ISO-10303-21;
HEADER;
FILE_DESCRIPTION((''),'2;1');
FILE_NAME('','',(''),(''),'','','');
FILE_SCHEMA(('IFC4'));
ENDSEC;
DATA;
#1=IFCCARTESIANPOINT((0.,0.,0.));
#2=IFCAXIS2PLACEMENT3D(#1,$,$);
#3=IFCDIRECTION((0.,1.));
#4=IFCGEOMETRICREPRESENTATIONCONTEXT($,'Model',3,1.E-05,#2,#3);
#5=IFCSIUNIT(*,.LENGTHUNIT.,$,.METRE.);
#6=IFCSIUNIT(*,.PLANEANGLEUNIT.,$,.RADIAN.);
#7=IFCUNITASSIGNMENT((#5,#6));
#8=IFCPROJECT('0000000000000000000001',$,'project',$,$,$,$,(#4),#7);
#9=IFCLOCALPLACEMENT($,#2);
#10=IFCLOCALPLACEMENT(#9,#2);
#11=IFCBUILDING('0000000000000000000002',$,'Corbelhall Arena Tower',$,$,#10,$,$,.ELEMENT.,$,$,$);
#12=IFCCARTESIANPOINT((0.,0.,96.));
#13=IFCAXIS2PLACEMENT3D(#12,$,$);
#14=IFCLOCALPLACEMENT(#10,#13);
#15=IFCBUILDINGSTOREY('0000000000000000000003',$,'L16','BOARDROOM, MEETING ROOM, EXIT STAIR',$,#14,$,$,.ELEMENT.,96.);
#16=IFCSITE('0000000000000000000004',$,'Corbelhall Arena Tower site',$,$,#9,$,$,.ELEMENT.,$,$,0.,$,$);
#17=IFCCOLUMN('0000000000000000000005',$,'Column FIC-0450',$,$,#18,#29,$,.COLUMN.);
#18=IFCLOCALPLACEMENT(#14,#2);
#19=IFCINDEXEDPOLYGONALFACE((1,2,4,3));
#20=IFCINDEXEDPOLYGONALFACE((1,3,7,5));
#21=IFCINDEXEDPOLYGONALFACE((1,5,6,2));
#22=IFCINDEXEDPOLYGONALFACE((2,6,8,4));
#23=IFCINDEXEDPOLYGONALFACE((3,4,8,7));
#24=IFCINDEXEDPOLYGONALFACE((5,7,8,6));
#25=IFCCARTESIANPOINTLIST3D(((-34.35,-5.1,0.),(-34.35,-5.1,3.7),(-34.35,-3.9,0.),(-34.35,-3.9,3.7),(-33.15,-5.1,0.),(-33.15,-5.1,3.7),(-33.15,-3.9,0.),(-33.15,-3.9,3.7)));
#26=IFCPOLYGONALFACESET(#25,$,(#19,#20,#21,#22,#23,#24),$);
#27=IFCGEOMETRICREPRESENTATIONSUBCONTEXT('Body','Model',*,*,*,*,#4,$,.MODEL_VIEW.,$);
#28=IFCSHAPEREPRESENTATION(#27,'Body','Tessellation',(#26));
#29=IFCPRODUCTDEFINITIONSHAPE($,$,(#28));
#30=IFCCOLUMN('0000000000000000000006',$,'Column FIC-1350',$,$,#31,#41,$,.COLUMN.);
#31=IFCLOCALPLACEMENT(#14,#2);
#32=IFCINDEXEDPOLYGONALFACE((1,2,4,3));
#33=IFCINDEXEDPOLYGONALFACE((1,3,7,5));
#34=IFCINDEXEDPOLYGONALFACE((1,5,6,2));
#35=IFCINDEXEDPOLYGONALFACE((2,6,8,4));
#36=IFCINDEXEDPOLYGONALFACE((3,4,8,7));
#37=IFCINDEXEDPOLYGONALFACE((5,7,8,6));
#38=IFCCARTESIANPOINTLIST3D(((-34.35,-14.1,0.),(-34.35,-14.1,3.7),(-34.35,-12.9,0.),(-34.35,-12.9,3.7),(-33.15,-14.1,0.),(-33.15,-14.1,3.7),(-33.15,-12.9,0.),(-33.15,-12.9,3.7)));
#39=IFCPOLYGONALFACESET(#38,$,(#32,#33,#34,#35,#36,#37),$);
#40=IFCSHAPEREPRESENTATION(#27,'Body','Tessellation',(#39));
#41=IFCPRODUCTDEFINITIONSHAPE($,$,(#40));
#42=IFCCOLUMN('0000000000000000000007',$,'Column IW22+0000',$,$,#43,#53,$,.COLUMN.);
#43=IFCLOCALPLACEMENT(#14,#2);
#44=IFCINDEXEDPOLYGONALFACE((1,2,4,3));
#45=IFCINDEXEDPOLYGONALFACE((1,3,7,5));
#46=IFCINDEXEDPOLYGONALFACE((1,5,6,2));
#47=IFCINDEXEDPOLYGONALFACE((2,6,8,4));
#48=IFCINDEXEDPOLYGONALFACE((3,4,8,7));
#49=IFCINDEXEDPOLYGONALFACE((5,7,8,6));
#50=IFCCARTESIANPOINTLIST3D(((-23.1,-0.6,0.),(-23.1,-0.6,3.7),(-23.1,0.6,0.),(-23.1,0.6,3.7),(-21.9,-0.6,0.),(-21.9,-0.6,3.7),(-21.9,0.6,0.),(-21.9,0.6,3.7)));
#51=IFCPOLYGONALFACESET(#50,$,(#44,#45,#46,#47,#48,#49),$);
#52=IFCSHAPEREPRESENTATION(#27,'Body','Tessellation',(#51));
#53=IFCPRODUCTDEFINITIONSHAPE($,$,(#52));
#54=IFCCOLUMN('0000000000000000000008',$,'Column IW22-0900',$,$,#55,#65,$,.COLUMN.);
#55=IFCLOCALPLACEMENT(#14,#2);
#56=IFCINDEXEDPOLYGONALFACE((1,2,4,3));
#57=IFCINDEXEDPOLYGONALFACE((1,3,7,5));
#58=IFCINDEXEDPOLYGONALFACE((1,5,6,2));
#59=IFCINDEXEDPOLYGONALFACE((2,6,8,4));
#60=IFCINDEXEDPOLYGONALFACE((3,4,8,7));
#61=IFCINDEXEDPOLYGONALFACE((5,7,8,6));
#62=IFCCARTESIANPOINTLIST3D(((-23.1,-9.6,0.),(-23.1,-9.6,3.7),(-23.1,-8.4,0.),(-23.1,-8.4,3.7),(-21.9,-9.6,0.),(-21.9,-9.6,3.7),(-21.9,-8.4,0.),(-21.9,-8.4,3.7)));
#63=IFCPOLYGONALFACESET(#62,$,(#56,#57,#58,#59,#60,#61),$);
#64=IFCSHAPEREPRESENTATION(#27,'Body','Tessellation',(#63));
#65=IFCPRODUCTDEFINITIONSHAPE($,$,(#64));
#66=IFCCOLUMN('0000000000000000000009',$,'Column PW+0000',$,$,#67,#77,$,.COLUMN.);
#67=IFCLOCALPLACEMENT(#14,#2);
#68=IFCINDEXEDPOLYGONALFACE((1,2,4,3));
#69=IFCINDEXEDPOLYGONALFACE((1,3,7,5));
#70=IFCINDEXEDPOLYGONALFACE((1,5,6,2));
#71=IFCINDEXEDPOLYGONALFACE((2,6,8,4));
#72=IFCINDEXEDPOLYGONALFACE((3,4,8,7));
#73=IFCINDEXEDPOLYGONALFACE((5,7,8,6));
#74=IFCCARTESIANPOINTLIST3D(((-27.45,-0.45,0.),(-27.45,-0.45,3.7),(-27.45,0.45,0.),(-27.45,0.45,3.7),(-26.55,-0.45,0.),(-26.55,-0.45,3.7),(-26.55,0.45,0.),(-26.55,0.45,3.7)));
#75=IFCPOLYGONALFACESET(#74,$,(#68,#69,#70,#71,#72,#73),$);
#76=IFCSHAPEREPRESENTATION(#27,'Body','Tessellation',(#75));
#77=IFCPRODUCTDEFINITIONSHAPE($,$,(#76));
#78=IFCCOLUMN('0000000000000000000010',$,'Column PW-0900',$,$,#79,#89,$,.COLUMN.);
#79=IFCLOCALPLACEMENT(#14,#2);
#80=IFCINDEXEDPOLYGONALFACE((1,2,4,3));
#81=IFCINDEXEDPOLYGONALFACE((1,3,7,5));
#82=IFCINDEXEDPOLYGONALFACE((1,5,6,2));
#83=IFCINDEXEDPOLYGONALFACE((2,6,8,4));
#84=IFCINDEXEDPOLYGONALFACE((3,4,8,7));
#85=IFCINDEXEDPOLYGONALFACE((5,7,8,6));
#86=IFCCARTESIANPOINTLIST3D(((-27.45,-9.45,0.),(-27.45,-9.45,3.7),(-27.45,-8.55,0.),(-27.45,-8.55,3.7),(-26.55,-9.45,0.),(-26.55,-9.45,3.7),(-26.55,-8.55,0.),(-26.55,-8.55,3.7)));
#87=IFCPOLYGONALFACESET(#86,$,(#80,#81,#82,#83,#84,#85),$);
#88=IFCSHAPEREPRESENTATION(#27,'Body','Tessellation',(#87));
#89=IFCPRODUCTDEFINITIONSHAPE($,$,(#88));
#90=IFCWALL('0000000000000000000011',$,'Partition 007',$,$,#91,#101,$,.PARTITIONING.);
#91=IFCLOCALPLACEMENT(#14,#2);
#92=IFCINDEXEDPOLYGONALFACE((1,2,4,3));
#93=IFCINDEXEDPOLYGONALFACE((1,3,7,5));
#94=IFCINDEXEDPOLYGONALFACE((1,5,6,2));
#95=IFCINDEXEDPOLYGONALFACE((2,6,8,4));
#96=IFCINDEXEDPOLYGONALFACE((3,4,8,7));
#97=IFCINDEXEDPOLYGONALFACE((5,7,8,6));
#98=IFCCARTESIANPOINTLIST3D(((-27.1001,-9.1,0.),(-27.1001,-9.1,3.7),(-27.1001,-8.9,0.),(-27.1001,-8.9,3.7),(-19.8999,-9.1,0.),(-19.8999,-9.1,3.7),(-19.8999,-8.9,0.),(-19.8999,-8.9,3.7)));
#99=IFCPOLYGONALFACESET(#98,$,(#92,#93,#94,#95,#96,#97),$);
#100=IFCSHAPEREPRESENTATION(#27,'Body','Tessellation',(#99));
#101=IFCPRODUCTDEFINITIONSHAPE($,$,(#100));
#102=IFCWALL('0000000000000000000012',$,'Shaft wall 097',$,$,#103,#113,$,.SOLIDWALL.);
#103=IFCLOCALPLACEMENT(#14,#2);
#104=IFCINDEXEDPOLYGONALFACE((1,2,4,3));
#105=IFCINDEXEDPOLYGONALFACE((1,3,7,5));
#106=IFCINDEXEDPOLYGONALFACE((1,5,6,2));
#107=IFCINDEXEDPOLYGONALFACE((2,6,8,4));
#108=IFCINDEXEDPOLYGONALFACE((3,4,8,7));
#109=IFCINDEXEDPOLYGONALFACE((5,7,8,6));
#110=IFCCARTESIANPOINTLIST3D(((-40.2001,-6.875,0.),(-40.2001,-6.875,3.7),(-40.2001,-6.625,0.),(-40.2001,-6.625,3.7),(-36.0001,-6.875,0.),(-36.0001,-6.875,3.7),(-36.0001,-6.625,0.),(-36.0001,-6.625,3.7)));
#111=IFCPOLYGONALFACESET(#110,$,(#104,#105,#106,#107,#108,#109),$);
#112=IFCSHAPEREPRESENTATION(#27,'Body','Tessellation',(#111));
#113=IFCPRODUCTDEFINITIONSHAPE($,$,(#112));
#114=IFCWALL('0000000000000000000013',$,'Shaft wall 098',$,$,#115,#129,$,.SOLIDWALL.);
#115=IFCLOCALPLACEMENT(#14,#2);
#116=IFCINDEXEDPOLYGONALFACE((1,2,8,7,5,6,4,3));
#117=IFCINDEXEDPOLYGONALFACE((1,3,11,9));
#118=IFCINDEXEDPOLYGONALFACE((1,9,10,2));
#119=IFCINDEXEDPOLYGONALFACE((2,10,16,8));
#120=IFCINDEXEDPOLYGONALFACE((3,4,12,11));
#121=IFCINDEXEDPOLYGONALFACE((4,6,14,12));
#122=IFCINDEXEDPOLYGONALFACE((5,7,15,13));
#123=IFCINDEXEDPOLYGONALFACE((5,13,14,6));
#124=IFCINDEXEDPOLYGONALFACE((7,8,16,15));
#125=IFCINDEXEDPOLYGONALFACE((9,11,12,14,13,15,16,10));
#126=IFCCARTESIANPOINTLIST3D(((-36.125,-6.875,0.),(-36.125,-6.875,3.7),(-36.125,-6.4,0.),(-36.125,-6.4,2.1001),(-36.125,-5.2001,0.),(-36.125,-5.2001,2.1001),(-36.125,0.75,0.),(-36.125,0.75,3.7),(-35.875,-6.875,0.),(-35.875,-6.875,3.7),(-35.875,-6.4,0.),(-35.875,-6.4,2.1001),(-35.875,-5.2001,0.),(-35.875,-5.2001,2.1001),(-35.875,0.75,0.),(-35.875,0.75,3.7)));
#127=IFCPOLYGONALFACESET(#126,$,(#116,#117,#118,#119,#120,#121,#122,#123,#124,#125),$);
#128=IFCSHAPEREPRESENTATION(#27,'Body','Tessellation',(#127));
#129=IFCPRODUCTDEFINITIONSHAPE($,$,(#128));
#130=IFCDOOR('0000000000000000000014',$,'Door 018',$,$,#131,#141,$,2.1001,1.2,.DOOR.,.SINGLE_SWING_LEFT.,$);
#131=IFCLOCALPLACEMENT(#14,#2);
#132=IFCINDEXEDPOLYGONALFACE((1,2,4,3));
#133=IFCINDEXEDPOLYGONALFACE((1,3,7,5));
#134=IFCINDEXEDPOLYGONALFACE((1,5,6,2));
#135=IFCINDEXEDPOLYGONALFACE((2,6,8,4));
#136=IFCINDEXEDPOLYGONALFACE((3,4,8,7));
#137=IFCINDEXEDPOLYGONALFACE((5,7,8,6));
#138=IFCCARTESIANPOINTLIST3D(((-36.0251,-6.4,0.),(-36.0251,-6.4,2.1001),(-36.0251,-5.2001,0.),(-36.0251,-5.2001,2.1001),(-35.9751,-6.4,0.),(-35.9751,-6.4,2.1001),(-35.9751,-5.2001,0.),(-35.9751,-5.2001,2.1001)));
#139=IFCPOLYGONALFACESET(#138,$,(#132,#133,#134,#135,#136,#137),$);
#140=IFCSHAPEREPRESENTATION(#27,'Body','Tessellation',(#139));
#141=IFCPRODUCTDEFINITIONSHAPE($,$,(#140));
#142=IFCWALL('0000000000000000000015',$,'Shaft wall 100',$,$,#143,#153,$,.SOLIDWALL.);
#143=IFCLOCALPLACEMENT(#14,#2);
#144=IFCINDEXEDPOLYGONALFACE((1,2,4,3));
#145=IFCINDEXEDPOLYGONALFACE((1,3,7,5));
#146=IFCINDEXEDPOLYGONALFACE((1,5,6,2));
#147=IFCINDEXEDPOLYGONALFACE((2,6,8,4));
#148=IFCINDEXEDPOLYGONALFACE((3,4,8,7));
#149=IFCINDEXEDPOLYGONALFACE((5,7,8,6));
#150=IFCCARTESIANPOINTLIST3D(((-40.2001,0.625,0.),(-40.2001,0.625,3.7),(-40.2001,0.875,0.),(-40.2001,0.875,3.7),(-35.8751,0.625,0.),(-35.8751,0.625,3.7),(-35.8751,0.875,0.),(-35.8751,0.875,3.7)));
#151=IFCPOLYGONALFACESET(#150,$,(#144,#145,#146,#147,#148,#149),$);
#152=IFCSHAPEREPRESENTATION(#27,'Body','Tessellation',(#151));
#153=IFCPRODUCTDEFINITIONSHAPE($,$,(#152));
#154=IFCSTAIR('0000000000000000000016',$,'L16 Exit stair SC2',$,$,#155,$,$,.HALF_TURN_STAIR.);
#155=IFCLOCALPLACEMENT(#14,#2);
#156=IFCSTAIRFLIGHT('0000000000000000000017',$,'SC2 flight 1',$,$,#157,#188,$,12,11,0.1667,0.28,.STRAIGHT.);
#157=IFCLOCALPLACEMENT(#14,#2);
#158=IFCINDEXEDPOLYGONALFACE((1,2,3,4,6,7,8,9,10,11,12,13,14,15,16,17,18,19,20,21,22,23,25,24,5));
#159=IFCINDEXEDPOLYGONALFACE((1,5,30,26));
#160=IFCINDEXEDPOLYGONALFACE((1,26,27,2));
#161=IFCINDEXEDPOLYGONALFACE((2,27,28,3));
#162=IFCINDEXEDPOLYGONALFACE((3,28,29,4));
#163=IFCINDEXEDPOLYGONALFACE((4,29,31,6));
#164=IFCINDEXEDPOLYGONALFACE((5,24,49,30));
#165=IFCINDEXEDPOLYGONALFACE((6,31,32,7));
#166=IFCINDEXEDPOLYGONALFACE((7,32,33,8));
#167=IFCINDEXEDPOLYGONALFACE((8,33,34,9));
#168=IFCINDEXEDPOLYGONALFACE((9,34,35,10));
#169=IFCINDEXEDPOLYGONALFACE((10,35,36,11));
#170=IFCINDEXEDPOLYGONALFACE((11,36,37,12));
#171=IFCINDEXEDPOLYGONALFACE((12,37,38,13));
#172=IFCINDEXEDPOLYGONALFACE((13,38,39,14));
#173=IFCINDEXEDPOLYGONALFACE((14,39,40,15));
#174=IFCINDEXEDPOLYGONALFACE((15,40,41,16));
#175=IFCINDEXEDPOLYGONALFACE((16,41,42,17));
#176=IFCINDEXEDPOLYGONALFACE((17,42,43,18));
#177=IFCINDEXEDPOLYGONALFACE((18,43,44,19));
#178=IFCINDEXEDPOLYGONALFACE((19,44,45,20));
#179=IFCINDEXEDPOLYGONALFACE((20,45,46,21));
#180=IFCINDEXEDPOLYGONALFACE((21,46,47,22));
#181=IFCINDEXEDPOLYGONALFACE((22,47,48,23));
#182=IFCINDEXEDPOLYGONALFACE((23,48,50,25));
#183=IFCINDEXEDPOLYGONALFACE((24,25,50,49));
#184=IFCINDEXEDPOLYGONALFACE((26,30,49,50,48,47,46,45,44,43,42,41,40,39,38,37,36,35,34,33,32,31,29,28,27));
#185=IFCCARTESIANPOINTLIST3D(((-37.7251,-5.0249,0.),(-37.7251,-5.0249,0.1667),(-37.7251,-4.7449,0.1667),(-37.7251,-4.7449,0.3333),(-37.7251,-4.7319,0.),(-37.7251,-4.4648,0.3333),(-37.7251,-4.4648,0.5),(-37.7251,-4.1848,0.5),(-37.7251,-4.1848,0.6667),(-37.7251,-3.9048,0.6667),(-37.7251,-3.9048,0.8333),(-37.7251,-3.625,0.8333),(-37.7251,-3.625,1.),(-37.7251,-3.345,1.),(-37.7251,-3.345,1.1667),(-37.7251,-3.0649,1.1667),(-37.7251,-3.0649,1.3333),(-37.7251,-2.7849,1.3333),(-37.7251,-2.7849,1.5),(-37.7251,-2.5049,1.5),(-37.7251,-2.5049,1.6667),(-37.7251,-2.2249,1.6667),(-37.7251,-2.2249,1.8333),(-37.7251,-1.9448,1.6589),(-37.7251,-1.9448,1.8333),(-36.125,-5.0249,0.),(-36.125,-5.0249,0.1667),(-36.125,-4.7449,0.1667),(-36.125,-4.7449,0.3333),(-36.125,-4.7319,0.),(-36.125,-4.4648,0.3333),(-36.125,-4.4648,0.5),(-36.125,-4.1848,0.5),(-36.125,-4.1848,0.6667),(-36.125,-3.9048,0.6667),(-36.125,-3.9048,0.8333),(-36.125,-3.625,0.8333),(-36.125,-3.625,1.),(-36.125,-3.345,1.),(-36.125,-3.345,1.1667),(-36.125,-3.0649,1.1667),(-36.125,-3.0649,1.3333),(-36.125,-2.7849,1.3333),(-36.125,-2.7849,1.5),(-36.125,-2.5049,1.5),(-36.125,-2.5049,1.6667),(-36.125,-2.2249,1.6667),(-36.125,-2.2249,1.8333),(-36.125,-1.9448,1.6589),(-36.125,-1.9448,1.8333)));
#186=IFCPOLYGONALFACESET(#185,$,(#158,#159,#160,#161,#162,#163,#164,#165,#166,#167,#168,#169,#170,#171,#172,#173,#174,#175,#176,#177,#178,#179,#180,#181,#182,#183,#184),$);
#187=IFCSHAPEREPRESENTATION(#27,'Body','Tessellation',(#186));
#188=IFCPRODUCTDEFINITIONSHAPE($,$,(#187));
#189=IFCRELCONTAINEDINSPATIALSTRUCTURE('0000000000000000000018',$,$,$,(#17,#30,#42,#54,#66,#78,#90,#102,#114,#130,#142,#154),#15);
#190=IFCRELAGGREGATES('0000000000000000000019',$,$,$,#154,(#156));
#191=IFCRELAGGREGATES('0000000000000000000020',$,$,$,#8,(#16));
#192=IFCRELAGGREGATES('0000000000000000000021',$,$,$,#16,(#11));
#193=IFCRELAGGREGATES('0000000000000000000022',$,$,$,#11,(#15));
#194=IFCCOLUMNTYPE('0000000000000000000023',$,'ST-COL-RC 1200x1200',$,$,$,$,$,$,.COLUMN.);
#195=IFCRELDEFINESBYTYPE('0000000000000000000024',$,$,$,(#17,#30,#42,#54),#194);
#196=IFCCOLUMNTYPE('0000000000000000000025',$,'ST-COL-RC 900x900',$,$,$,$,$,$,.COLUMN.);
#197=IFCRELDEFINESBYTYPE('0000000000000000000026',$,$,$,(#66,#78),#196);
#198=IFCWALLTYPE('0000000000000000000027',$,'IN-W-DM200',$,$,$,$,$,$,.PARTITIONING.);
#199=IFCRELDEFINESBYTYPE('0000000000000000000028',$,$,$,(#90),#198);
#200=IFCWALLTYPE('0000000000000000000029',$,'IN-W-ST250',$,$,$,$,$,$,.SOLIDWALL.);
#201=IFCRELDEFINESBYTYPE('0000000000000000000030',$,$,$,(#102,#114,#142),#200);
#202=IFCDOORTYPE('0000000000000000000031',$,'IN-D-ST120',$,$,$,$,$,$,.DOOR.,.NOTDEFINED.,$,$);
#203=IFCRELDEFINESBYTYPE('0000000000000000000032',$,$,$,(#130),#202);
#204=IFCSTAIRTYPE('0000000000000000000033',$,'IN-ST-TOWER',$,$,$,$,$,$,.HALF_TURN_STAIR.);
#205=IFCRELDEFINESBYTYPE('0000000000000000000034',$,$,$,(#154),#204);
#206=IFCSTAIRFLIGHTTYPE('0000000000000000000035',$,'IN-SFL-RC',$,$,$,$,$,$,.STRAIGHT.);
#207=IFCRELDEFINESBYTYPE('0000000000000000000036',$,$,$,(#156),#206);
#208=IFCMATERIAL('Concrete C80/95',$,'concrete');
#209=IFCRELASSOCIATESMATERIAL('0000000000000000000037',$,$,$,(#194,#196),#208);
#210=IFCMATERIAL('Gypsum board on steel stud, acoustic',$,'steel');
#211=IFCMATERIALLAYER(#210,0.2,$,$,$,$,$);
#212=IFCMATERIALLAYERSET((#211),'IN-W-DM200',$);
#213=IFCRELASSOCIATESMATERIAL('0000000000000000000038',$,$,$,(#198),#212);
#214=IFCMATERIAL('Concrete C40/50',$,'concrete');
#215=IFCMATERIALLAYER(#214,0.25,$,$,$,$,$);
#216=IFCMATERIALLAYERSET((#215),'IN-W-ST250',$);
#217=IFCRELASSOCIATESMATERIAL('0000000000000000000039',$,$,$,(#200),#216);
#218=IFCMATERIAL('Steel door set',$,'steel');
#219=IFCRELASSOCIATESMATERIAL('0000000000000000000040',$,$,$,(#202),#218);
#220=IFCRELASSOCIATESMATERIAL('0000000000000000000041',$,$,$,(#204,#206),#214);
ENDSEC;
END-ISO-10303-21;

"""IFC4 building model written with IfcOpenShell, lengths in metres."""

from ifc_helpers import new_model, si_unit, direction, frame, frame_2d, origin, origin_2d, place, context, subcontext, project, spatial, polyline, rectangle, outline, extrude, material, layer, layer_set, material_profile, profile_set, type_object, element, fill, aggregate, save


model = new_model("IFC4")

# Units and contexts
model_context = context("Model", 3, precision=1e-05, world=origin(), true_north=direction((0.0, 1.0)))
body_context = subcontext(model_context, "Body", "Model", "MODEL_VIEW")
ifc_project = project(units=[si_unit("LENGTHUNIT", "METRE"), si_unit("PLANEANGLEUNIT", "RADIAN")], contexts=[model_context])

# Site, building, storey
site_placement = place(None, origin())
site = spatial("IfcSite", under=ifc_project, at=site_placement, Name="Corbelhall Arena Tower site", CompositionType="ELEMENT", RefElevation=0.0)
building_placement = place(site_placement, origin())
building = spatial("IfcBuilding", under=site, at=building_placement, Name="Corbelhall Arena Tower", CompositionType="ELEMENT")
storey_placement = place(building_placement, frame((0.0, 0.0, 96.0)))
storey = spatial("IfcBuildingStorey", under=building, at=storey_placement, Name="L16", Description="BOARDROOM, MEETING ROOM, EXIT STAIR", CompositionType="ELEMENT", Elevation=96.0)

# Columns
ifc_material_1 = material(Name="Concrete C80/95", Category="concrete")
ifc_material_profile_1 = material_profile(ifc_material_1, rectangle(XDim=1.2, YDim=1.2, at=origin_2d()))
ifc_profile_set_1 = profile_set([ifc_material_profile_1], Name="Concrete C80/95")
column_type_1 = type_object("IfcColumnType", Name="ST-COL-RC 1200x1200", PredefinedType="COLUMN", material=ifc_profile_set_1)
for number, where, z_axis, x_axis, name in (
    (1, (-33.75, -4.5, 0.0), (0.0, 0.0, 1.0), (1.0, 0.0, 0.0), "Column FIC-0450"),
    (2, (-33.75, -13.5, 0.0), (0.0, 0.0, 1.0), (1.0, 0.0, 0.0), "Column FIC-1350"),
    (3, (-22.5, 0.0, 0.0), (0.0, 0.0, 1.0), (1.0, 0.0, 0.0), "Column IW22+0000"),
    (4, (-22.5, -9.0, 0.0), (0.0, 0.0, 1.0), (1.0, 0.0, 0.0), "Column IW22-0900"),
):
    element("IfcColumn", number, at=place(storey_placement, frame(where, z_axis=z_axis, x_axis=x_axis)), inside=storey, type_object=column_type_1, Name=name, PredefinedType="COLUMN", context=body_context, shape_type="SweptSolid", body=[
        extrude(rectangle(XDim=1.2, YDim=1.2, at=origin_2d()), origin(), (0.0, 0.0, 1.0), 3.7),
    ])
ifc_material_profile_2 = material_profile(ifc_material_1, rectangle(XDim=0.8999, YDim=0.8999, at=origin_2d()))
ifc_profile_set_2 = profile_set([ifc_material_profile_2], Name="Concrete C80/95")
column_type_2 = type_object("IfcColumnType", Name="ST-COL-RC 900x900", PredefinedType="COLUMN", material=ifc_profile_set_2)
for number, where, z_axis, x_axis, name in (
    (5, (-27.0, 0.0, 0.0), (0.0, 0.0, 1.0), (1.0, 0.0, 0.0), "Column PW+0000"),
    (6, (-27.0, -9.0, 0.0), (0.0, 0.0, 1.0), (1.0, 0.0, 0.0), "Column PW-0900"),
):
    element("IfcColumn", number, at=place(storey_placement, frame(where, z_axis=z_axis, x_axis=x_axis)), inside=storey, type_object=column_type_2, Name=name, PredefinedType="COLUMN", context=body_context, shape_type="SweptSolid", body=[
        extrude(rectangle(XDim=0.8999, YDim=0.8999, at=origin_2d()), origin(), (0.0, 0.0, 1.0), 3.7),
    ])

# Shared definitions
ifc_material_2 = material(Name="Gypsum board on steel stud, acoustic", Category="steel")
ifc_layer_1 = layer(ifc_material_2, 0.2)
ifc_layer_set_1 = layer_set([ifc_layer_1], Name="IN-W-DM200")
wall_type_1 = type_object("IfcWallType", Name="IN-W-DM200", PredefinedType="PARTITIONING", material=ifc_layer_set_1)
ifc_material_3 = material(Name="Steel door set", Category="steel")

# Walls
wall_1_placement = place(storey_placement, frame((-27.1001, -9.0, 0.0), z_axis=(0.0, 0.0, 1.0), x_axis=(1.0, 0.0, 0.0)))
element("IfcWall", 7, at=wall_1_placement, inside=storey, type_object=wall_type_1, Name="Partition 007", PredefinedType="PARTITIONING", context=body_context, shape_type="SweptSolid", body=[
    extrude(rectangle(XDim=7.2002, YDim=0.2, at=frame_2d((3.6001, 0.0))), origin(), (0.0, 0.0, 1.0), 3.7),
])
ifc_material_4 = material(Name="Concrete C40/50", Category="concrete")
ifc_layer_2 = layer(ifc_material_4, 0.25)
ifc_layer_set_2 = layer_set([ifc_layer_2], Name="IN-W-ST250")
wall_type_2 = type_object("IfcWallType", Name="IN-W-ST250", PredefinedType="SOLIDWALL", material=ifc_layer_set_2)
wall_2_placement = place(storey_placement, frame((-36.0, -6.75, 0.0), z_axis=(0.0, 0.0, 1.0), x_axis=(-1.0, 0.0, 0.0)))
element("IfcWall", 8, at=wall_2_placement, inside=storey, type_object=wall_type_2, Name="Shaft wall 097", PredefinedType="SOLIDWALL", context=body_context, shape_type="SweptSolid", body=[
    extrude(rectangle(XDim=4.2, YDim=0.25, at=frame_2d((2.1001, 0.0))), origin(), (0.0, 0.0, 1.0), 3.7),
])

# Wall, opening, door
wall_3_placement = place(storey_placement, frame((-36.0, 0.75, 0.0), z_axis=(0.0, 0.0, 1.0), x_axis=(0.0, -1.0, 0.0)))
wall_3 = element("IfcWall", 9, at=wall_3_placement, inside=storey, type_object=wall_type_2, Name="Shaft wall 098", PredefinedType="SOLIDWALL", context=body_context, shape_type="SweptSolid", body=[
    extrude(rectangle(XDim=7.625, YDim=0.25, at=frame_2d((3.8125, 0.0))), origin(), (0.0, 0.0, 1.0), 3.7),
])
opening_1_placement = place(wall_3_placement, frame((5.95, 0.0, 0.0)))
opening_1 = element("IfcOpeningElement", 10, at=opening_1_placement, cuts=wall_3, PredefinedType="OPENING", context=body_context, shape_type="SweptSolid", body=[
    extrude(rectangle(XDim=1.2, YDim=2.1001, at=frame_2d((0.6001, 1.05))), frame((0.0, 0.125, 0.0), z_axis=(0.0, -1.0, 0.0), x_axis=(1.0, 0.0, 0.0)), (0.0, 0.0, 1.0), 0.25),
])
door_type_1 = type_object("IfcDoorType", Name="IN-D-ST120", OperationType="NOTDEFINED", PredefinedType="DOOR", material=ifc_material_3)
door_1_placement = place(opening_1_placement, origin())
door_1 = element("IfcDoor", 11, at=door_1_placement, inside=storey, type_object=door_type_1, Name="Door 018", OperationType="SINGLE_SWING_LEFT", OverallHeight=2.1001, OverallWidth=1.2, PredefinedType="DOOR", context=body_context, shape_type="SweptSolid", body=[
    extrude(rectangle(XDim=1.2, YDim=2.1001, at=frame_2d((0.6001, 1.05))), frame((0.0, 0.0249, 0.0), z_axis=(0.0, -1.0, 0.0), x_axis=(1.0, 0.0, 0.0)), (0.0, 0.0, 1.0), 0.05),
])
fill(opening_1, door_1)

# Wall
wall_4_placement = place(storey_placement, frame((-35.875, 0.75, 0.0), z_axis=(0.0, 0.0, 1.0), x_axis=(-1.0, 0.0, 0.0)))
element("IfcWall", 12, at=wall_4_placement, inside=storey, type_object=wall_type_2, Name="Shaft wall 100", PredefinedType="SOLIDWALL", context=body_context, shape_type="SweptSolid", body=[
    extrude(rectangle(XDim=4.325, YDim=0.25, at=frame_2d((2.1626, 0.0))), origin(), (0.0, 0.0, 1.0), 3.7),
])

# Stair, stair flight
stair_type = type_object("IfcStairType", Name="IN-ST-TOWER", PredefinedType="HALF_TURN_STAIR", material=ifc_material_4)
stair_placement = place(storey_placement, origin())
stair = element("IfcStair", 13, at=stair_placement, inside=storey, type_object=stair_type, Name="L16 Exit stair SC2", PredefinedType="HALF_TURN_STAIR")
stair_flight_type = type_object("IfcStairFlightType", Name="IN-SFL-RC", PredefinedType="STRAIGHT", material=ifc_material_4)
stair_flight_placement = place(storey_placement, frame((-36.925, -5.0249, 0.0), z_axis=(0.0, 0.0, 1.0), x_axis=(0.0, 1.0, 0.0)))
stair_flight = element("IfcStairFlight", 14, at=stair_flight_placement, type_object=stair_flight_type, Name="SC2 flight 1", NumberOfRisers=12, NumberOfTreads=11, PredefinedType="STRAIGHT", RiserHeight=0.1667, TreadLength=0.28, context=body_context, shape_type="SweptSolid", body=[
    extrude(outline(polyline([(0.0, 0.0), (0.0, 0.1667), (0.28, 0.1667), (0.28, 0.3333), (0.5601, 0.3333), (0.5601, 0.5), (0.8401, 0.5), (0.8401, 0.6667), (1.1201, 0.6667), (1.1201, 0.8333), (1.3999, 0.8333), (1.3999, 1.0), (1.6799, 1.0), (1.6799, 1.1667), (1.96, 1.1667), (1.96, 1.3333), (2.24, 1.3333), (2.24, 1.5), (2.52, 1.5), (2.52, 1.6667), (2.8, 1.6667), (2.8, 1.8333), (3.0801, 1.8333), (3.0801, 2.0), (3.0801, 1.6589), (0.293, 0.0), (0.0, 0.0)])), frame((0.0, 0.8, 0.0), z_axis=(0.0, -1.0, 0.0), x_axis=(1.0, 0.0, 0.0)), (0.0, 0.0, 1.0), 1.6001),
])
aggregate(stair, [stair_flight])

save(model, "model.ifc")
